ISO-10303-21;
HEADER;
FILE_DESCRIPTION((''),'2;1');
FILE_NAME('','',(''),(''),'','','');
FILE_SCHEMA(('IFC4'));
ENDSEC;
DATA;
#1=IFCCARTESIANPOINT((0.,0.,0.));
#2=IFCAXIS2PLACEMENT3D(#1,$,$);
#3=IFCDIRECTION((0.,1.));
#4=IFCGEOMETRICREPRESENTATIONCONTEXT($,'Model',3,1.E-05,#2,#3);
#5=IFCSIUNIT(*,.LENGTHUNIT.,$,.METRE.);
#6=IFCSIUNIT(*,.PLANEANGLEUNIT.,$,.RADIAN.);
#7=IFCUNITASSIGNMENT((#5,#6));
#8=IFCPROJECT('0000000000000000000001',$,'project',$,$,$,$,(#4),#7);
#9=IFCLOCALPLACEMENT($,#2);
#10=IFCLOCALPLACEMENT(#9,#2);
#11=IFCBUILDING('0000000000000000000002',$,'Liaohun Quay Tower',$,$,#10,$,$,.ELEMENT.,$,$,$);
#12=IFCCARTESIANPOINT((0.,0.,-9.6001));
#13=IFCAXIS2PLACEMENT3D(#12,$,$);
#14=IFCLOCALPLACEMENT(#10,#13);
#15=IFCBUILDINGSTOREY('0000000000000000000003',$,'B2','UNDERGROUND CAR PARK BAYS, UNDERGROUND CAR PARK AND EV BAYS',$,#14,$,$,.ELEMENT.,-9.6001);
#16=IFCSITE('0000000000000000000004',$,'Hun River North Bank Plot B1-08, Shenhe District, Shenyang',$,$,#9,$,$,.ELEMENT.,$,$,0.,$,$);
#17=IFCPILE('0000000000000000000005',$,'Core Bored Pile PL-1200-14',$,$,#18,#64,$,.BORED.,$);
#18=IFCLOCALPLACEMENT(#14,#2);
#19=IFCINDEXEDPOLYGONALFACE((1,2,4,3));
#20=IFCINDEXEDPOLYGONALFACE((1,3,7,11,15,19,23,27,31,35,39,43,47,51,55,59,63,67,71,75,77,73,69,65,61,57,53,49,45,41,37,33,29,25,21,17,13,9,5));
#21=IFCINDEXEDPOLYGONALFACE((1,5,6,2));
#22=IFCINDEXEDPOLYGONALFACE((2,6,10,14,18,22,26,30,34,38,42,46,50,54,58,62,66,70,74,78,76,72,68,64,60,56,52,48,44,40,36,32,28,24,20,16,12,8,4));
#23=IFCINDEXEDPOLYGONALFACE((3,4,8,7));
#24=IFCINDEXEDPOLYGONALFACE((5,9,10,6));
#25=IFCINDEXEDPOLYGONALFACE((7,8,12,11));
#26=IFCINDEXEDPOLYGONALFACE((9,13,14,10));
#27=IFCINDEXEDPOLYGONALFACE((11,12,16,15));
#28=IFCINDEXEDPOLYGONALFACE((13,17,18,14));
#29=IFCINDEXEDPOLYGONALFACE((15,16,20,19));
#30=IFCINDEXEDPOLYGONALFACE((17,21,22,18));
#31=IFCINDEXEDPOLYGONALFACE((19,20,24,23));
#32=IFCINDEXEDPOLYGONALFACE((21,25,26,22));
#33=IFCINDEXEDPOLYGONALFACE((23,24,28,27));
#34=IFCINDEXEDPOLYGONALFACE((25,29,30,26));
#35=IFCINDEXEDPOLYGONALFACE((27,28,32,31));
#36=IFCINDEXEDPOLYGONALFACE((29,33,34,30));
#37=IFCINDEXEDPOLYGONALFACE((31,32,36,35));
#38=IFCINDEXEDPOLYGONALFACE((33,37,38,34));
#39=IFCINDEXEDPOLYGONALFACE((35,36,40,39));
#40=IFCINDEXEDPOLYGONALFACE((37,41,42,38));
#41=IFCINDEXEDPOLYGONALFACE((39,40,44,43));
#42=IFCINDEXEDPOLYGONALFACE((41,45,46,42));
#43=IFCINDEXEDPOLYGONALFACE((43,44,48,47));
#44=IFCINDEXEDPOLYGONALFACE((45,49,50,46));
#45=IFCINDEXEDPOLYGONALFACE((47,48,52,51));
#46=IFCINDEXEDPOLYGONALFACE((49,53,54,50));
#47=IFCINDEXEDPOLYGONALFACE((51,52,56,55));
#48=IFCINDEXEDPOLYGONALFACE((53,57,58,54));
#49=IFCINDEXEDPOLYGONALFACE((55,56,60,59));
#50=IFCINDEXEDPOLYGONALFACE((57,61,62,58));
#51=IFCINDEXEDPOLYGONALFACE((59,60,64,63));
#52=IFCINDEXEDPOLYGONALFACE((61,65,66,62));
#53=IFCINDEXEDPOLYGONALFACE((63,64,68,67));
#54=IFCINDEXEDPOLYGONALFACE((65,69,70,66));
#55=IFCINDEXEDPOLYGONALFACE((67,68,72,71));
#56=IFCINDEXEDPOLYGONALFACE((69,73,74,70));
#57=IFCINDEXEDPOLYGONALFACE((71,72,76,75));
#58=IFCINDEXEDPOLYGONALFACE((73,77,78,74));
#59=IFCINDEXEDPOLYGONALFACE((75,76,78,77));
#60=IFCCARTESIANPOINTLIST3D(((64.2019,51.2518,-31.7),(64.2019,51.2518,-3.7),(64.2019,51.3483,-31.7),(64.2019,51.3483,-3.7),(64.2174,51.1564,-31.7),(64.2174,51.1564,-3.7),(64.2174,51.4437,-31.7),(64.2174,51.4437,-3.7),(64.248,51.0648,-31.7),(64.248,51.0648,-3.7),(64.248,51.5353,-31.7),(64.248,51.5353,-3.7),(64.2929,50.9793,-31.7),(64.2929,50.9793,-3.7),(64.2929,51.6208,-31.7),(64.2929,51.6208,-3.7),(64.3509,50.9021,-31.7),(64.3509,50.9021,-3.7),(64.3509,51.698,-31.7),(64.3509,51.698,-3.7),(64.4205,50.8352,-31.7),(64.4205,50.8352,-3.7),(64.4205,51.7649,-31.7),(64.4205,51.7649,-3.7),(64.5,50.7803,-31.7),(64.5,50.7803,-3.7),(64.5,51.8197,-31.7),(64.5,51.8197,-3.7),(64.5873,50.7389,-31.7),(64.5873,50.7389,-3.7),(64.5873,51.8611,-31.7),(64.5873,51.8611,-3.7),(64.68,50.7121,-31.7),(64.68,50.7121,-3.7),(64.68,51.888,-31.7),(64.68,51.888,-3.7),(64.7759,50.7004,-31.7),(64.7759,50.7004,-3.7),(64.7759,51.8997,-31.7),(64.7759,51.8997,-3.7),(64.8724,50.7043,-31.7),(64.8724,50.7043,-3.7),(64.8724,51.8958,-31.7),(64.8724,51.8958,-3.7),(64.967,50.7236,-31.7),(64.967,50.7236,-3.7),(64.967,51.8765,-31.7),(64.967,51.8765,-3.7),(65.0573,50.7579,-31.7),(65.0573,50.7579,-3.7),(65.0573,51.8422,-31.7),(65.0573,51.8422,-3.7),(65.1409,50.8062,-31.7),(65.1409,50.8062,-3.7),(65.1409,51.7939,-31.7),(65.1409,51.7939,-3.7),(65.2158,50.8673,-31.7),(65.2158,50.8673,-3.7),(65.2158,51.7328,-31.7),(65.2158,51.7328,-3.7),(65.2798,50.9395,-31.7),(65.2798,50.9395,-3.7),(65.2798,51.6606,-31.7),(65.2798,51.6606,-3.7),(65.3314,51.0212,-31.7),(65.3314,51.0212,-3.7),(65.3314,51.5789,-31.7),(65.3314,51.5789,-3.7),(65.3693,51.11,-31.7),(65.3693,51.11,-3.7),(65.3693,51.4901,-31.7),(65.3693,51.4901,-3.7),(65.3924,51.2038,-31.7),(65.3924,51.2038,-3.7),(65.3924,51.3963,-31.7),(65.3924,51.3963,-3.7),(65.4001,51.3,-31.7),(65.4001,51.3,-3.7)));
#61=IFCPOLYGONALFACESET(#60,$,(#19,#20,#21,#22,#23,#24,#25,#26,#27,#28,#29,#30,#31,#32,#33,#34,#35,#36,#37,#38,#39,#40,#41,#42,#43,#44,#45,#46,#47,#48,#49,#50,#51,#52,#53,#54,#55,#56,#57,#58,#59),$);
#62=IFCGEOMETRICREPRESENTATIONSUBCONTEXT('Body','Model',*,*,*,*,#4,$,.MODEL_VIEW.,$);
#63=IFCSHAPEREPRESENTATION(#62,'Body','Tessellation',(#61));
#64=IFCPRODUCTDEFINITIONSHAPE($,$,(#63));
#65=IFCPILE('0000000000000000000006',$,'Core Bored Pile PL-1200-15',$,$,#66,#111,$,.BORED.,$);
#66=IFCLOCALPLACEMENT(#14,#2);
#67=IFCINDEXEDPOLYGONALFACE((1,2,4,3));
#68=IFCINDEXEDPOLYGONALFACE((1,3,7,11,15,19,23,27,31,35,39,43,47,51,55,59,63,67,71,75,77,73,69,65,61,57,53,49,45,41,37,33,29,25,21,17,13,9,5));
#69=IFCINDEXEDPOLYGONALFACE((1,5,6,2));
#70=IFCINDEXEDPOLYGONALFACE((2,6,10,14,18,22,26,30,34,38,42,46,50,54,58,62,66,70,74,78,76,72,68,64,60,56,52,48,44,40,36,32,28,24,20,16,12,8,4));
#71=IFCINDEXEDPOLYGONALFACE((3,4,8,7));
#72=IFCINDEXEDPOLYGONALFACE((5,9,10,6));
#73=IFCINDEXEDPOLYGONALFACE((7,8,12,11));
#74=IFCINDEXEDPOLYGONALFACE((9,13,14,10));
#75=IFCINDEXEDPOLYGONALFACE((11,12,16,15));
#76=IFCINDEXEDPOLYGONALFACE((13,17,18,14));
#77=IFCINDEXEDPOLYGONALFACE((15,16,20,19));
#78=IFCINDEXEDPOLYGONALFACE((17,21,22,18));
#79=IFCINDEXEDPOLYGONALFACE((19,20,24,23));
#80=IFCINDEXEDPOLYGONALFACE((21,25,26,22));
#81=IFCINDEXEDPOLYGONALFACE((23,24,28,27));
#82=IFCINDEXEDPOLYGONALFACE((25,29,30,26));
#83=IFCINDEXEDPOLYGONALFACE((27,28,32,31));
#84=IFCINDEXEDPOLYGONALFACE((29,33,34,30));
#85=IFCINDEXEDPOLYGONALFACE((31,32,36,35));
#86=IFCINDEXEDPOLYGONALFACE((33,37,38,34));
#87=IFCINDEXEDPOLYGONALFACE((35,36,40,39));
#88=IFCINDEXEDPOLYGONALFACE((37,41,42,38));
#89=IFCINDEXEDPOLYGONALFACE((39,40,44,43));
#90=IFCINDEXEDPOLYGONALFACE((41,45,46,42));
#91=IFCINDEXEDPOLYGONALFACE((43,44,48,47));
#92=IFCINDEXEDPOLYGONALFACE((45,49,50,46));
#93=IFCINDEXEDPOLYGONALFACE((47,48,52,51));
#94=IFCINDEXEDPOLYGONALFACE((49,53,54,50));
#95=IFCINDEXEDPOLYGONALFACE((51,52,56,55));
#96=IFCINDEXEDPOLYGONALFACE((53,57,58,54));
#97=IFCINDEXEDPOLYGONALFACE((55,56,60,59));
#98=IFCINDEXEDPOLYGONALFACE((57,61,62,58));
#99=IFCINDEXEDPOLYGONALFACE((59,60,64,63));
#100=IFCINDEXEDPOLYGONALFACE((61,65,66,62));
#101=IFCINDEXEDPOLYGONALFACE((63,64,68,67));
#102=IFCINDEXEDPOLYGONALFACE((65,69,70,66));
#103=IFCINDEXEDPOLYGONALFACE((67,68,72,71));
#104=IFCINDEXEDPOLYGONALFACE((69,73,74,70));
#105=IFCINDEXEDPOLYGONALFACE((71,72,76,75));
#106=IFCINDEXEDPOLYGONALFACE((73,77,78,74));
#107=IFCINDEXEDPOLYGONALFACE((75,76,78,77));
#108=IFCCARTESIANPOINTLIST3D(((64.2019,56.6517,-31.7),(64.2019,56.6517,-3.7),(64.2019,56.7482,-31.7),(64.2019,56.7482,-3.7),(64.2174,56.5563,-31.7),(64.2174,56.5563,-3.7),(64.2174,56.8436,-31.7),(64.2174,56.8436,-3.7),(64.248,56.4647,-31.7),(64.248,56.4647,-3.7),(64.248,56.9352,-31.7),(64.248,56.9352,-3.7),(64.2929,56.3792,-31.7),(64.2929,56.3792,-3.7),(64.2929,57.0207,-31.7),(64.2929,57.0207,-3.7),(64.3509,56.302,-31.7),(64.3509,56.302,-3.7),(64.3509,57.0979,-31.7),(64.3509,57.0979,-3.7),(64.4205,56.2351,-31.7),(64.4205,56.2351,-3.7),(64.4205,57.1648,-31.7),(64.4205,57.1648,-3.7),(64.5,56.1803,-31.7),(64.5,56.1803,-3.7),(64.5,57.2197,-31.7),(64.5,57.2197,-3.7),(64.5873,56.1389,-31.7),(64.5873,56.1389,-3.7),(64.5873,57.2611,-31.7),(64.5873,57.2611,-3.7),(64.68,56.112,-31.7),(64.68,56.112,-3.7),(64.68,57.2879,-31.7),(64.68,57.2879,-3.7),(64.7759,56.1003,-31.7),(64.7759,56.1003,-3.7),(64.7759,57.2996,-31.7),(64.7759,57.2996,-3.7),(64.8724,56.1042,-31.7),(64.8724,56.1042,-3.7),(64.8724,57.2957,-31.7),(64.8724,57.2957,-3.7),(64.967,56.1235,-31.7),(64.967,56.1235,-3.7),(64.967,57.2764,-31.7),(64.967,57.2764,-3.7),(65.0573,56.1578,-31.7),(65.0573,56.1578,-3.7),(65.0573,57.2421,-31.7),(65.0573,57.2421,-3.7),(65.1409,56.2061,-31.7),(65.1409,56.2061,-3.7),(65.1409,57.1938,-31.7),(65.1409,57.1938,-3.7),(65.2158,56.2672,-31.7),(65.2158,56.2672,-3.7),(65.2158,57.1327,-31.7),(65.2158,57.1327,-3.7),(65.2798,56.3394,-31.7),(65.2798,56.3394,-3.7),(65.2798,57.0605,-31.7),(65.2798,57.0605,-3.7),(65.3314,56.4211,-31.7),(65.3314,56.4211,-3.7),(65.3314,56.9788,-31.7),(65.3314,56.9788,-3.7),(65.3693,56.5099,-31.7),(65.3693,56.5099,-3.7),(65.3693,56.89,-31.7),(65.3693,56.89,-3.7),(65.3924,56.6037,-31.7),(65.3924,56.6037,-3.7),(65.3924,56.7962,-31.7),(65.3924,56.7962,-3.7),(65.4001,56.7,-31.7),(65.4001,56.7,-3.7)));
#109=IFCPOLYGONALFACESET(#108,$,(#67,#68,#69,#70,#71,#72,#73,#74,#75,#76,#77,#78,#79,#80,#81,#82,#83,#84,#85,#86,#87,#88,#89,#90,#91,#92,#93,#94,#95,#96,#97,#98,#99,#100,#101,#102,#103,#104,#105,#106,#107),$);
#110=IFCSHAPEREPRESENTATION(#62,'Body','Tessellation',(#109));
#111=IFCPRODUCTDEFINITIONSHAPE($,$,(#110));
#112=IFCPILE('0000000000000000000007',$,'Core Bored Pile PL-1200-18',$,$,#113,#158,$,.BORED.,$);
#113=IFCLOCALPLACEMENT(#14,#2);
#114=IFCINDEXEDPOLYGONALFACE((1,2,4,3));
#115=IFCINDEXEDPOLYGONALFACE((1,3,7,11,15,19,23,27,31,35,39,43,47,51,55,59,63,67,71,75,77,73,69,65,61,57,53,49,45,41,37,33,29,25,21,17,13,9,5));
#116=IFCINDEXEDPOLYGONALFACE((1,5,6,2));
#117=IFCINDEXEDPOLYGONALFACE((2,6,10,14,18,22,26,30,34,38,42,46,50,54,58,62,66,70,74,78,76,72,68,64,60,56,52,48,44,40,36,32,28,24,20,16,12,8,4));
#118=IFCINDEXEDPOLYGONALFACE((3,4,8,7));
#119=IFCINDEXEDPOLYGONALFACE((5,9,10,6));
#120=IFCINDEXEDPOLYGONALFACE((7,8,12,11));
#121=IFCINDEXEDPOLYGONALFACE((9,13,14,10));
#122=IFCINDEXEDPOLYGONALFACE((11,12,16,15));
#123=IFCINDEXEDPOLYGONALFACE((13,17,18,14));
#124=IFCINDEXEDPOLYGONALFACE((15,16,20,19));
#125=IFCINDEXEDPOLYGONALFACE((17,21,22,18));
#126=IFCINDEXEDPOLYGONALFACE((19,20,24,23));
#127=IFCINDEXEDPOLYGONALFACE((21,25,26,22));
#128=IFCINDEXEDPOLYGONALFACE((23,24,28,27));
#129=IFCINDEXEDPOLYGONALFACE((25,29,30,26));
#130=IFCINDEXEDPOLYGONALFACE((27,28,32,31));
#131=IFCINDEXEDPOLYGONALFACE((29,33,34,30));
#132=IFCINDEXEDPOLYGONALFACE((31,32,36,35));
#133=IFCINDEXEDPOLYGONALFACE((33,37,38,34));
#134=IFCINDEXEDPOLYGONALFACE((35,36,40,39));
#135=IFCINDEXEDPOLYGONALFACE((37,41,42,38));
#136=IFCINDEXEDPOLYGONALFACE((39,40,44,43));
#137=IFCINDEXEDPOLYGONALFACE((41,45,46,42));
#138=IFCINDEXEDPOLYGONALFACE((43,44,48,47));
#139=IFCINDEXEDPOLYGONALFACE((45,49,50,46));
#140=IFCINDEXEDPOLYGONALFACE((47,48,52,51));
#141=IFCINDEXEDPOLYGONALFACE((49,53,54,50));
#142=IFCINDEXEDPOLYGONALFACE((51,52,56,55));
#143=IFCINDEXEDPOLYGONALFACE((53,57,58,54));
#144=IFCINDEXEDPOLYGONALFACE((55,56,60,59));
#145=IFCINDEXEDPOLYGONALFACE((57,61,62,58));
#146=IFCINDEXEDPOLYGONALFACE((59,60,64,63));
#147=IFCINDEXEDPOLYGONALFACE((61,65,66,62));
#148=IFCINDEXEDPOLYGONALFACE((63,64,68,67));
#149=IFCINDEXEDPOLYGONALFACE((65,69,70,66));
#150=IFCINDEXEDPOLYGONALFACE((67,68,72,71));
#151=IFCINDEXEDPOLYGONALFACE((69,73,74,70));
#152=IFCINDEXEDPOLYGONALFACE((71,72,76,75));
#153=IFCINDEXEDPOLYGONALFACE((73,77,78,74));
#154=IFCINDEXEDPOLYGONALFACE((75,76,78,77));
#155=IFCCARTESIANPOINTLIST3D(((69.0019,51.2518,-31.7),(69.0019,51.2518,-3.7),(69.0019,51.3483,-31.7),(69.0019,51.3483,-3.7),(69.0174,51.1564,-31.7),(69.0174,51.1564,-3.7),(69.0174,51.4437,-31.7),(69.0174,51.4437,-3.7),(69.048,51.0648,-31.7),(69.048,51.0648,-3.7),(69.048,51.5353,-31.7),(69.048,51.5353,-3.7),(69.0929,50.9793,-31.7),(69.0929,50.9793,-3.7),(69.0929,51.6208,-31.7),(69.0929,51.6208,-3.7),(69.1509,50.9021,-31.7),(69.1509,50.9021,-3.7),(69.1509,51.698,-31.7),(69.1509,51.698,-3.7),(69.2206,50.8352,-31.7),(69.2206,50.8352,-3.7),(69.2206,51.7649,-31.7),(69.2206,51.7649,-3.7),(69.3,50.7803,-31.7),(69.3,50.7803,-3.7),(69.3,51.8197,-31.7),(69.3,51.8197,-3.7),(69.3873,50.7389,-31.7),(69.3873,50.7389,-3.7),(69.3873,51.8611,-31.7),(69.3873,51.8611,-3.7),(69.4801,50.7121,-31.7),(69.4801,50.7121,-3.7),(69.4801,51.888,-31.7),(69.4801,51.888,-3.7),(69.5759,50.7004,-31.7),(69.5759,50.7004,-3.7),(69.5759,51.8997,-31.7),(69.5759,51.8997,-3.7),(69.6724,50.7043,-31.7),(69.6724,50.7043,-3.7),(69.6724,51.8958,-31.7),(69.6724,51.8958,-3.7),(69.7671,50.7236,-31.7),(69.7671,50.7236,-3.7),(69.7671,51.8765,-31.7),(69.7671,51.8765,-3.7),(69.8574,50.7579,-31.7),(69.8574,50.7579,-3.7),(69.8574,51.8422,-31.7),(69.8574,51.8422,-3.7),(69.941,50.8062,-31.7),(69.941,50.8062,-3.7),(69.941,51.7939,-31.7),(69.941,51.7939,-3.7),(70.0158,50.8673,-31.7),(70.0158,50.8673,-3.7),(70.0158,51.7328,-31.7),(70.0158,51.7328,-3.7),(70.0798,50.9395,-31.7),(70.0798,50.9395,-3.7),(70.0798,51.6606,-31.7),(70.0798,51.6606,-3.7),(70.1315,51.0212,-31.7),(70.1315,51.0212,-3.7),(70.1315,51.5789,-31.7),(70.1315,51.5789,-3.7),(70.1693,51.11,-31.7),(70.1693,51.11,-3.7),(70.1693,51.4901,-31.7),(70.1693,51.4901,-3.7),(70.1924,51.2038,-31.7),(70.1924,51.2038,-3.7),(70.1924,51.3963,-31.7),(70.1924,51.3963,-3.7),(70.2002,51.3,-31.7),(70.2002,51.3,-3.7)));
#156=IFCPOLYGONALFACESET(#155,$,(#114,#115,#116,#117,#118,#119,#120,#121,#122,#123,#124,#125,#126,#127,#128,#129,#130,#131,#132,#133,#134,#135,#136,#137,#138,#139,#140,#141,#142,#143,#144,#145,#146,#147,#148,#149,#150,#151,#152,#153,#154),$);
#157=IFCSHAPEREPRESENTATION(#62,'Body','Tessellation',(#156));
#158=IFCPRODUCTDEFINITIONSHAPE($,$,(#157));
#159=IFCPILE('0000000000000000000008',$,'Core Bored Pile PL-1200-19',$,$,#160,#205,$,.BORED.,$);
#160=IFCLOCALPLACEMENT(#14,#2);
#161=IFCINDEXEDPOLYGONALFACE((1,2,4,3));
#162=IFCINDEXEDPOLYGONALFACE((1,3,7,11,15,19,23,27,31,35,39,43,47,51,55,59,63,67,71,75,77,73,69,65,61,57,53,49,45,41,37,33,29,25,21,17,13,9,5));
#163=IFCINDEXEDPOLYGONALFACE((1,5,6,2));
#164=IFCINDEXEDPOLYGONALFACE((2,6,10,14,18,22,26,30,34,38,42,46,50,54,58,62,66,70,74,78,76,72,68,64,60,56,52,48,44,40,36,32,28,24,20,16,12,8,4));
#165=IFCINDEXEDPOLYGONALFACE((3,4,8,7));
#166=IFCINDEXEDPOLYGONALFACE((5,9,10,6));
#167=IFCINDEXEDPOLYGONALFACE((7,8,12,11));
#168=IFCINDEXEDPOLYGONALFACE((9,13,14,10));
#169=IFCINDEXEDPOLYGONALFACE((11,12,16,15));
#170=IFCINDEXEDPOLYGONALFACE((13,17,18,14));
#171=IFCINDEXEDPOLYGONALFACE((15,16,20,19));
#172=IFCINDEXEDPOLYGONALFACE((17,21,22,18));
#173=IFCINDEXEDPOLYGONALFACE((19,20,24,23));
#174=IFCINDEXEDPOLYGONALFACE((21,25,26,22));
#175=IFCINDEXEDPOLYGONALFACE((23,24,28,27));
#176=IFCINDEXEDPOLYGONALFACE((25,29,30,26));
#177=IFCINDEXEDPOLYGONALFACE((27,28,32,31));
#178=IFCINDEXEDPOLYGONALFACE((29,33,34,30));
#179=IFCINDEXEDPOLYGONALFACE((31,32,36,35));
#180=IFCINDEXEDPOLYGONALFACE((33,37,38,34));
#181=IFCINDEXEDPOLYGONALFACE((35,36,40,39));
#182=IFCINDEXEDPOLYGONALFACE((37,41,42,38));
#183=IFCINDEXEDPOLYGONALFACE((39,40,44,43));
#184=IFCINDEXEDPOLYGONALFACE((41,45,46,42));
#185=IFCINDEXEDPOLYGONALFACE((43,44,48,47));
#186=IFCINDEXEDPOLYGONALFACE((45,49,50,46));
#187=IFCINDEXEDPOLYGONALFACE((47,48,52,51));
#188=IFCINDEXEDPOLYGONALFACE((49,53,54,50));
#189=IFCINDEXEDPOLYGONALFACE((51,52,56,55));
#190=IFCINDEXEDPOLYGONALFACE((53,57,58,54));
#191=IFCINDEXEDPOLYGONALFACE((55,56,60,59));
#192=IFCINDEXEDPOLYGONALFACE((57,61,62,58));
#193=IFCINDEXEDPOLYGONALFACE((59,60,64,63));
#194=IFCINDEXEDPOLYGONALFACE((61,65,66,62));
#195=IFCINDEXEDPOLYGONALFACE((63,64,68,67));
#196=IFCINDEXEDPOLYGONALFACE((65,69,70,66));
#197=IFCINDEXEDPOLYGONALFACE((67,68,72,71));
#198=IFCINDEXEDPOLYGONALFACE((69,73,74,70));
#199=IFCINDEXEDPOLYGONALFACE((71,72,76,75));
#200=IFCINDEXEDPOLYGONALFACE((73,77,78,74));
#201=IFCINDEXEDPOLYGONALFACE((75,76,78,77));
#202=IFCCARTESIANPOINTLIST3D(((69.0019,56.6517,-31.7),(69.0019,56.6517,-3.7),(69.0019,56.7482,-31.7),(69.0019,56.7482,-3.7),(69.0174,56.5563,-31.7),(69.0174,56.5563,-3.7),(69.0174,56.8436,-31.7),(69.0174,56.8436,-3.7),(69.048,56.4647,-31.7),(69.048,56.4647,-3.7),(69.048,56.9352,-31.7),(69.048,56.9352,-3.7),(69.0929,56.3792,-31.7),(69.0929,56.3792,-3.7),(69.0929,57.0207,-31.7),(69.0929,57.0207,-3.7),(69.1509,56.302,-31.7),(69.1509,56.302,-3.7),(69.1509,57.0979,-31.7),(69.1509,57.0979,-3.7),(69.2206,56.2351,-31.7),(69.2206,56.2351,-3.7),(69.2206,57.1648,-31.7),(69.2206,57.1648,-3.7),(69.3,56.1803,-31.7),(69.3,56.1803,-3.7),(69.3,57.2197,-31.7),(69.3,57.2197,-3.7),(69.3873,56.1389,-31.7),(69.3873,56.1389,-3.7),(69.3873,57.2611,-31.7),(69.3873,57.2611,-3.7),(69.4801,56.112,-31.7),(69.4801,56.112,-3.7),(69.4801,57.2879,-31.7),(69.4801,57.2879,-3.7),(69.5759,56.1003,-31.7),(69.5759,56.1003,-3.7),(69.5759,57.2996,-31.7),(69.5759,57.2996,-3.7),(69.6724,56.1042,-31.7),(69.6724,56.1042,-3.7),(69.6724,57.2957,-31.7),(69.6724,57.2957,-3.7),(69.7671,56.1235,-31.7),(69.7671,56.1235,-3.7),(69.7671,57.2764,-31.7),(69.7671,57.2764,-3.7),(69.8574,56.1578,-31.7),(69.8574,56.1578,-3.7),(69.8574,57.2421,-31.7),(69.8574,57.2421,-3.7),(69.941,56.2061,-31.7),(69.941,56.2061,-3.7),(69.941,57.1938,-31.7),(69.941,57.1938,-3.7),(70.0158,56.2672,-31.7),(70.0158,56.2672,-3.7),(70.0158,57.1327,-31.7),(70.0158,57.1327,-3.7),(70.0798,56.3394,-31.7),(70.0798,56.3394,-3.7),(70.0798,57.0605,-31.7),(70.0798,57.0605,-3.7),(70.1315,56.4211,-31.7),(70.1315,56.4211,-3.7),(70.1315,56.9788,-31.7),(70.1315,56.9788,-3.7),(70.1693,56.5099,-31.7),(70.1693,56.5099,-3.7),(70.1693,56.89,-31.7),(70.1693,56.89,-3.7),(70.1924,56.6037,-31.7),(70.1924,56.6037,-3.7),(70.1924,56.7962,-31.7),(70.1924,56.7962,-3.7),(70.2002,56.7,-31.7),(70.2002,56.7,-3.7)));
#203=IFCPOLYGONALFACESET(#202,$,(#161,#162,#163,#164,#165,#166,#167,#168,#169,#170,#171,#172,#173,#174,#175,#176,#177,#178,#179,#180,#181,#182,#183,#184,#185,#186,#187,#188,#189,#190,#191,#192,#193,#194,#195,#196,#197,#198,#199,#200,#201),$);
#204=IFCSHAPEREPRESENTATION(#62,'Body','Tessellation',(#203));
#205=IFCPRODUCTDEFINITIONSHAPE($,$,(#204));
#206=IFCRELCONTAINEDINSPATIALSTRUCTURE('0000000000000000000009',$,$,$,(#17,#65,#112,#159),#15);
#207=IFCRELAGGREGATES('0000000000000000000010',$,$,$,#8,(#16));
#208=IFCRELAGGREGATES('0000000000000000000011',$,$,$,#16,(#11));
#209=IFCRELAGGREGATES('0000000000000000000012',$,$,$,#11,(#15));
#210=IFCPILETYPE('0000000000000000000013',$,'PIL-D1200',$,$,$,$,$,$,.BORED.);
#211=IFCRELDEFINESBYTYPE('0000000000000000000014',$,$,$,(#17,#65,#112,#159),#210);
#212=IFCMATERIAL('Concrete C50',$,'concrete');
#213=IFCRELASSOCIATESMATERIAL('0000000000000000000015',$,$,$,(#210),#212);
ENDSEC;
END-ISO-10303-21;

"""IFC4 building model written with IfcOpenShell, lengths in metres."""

from ifc_helpers import new_model, si_unit, direction, frame, origin, origin_2d, place, context, subcontext, project, spatial, circle, extrude, source, transform, mapped, material, material_profile, profile_set, type_object, element, save


model = new_model("IFC4")

# Units and contexts
model_context = context("Model", 3, precision=1e-05, world=origin(), true_north=direction((0.0, 1.0)))
body_context = subcontext(model_context, "Body", "Model", "MODEL_VIEW")
ifc_project = project(units=[si_unit("LENGTHUNIT", "METRE"), si_unit("PLANEANGLEUNIT", "RADIAN")], contexts=[model_context])

# Site, building, storey
site_placement = place(None, origin())
site = spatial("IfcSite", under=ifc_project, at=site_placement, Name="Hun River North Bank Plot B1-08, Shenhe District, Shenyang", CompositionType="ELEMENT", RefElevation=0.0)
building_placement = place(site_placement, origin())
building = spatial("IfcBuilding", under=site, at=building_placement, Name="Liaohun Quay Tower", CompositionType="ELEMENT")
storey_placement = place(building_placement, frame((0.0, 0.0, -9.6001)))
storey = spatial("IfcBuildingStorey", under=building, at=storey_placement, Name="B2", Description="UNDERGROUND CAR PARK BAYS, UNDERGROUND CAR PARK AND EV BAYS", CompositionType="ELEMENT", Elevation=-9.6001)

# Piles
ifc_material_1 = material(Name="Concrete C50", Category="concrete")
ifc_material_profile_1 = material_profile(ifc_material_1, circle(Radius=0.6001, at=origin_2d()), Name="PILE-D1200")
ifc_profile_set_1 = profile_set([ifc_material_profile_1], Name="Concrete C50")
pile_type = type_object("IfcPileType", Name="PIL-D1200", PredefinedType="BORED", material=ifc_profile_set_1)
shared_shape_1 = source(origin(), body_context, "Body", "SweptSolid", [
    extrude(circle(Radius=0.6001, at=origin_2d()), origin(), (0.0, 0.0, 1.0), 28.0),
])
for number, where, z_axis, x_axis, name in (
    (1, (64.8, 51.3, -3.7), (0.0, 0.0, -1.0), (1.0, 0.0, 0.0), "Core Bored Pile PL-1200-14"),
    (2, (64.8, 56.7, -3.7), (0.0, 0.0, -1.0), (1.0, 0.0, 0.0), "Core Bored Pile PL-1200-15"),
    (3, (69.6001, 51.3, -3.7), (0.0, 0.0, -1.0), (1.0, 0.0, 0.0), "Core Bored Pile PL-1200-18"),
    (4, (69.6001, 56.7, -3.7), (0.0, 0.0, -1.0), (1.0, 0.0, 0.0), "Core Bored Pile PL-1200-19"),
):
    element("IfcPile", number, at=place(storey_placement, frame(where, z_axis=z_axis, x_axis=x_axis)), inside=storey, type_object=pile_type, Name=name, PredefinedType="BORED", context=body_context, shape_type="MappedRepresentation", body=[
        mapped(shared_shape_1, transform((0.0, 0.0, 0.0), x_axis=(1.0, 0.0, 0.0), y_axis=(0.0, 1.0, 0.0), z_axis=(0.0, 0.0, 1.0), scale=1.0)),
    ])

save(model, "model.ifc")
